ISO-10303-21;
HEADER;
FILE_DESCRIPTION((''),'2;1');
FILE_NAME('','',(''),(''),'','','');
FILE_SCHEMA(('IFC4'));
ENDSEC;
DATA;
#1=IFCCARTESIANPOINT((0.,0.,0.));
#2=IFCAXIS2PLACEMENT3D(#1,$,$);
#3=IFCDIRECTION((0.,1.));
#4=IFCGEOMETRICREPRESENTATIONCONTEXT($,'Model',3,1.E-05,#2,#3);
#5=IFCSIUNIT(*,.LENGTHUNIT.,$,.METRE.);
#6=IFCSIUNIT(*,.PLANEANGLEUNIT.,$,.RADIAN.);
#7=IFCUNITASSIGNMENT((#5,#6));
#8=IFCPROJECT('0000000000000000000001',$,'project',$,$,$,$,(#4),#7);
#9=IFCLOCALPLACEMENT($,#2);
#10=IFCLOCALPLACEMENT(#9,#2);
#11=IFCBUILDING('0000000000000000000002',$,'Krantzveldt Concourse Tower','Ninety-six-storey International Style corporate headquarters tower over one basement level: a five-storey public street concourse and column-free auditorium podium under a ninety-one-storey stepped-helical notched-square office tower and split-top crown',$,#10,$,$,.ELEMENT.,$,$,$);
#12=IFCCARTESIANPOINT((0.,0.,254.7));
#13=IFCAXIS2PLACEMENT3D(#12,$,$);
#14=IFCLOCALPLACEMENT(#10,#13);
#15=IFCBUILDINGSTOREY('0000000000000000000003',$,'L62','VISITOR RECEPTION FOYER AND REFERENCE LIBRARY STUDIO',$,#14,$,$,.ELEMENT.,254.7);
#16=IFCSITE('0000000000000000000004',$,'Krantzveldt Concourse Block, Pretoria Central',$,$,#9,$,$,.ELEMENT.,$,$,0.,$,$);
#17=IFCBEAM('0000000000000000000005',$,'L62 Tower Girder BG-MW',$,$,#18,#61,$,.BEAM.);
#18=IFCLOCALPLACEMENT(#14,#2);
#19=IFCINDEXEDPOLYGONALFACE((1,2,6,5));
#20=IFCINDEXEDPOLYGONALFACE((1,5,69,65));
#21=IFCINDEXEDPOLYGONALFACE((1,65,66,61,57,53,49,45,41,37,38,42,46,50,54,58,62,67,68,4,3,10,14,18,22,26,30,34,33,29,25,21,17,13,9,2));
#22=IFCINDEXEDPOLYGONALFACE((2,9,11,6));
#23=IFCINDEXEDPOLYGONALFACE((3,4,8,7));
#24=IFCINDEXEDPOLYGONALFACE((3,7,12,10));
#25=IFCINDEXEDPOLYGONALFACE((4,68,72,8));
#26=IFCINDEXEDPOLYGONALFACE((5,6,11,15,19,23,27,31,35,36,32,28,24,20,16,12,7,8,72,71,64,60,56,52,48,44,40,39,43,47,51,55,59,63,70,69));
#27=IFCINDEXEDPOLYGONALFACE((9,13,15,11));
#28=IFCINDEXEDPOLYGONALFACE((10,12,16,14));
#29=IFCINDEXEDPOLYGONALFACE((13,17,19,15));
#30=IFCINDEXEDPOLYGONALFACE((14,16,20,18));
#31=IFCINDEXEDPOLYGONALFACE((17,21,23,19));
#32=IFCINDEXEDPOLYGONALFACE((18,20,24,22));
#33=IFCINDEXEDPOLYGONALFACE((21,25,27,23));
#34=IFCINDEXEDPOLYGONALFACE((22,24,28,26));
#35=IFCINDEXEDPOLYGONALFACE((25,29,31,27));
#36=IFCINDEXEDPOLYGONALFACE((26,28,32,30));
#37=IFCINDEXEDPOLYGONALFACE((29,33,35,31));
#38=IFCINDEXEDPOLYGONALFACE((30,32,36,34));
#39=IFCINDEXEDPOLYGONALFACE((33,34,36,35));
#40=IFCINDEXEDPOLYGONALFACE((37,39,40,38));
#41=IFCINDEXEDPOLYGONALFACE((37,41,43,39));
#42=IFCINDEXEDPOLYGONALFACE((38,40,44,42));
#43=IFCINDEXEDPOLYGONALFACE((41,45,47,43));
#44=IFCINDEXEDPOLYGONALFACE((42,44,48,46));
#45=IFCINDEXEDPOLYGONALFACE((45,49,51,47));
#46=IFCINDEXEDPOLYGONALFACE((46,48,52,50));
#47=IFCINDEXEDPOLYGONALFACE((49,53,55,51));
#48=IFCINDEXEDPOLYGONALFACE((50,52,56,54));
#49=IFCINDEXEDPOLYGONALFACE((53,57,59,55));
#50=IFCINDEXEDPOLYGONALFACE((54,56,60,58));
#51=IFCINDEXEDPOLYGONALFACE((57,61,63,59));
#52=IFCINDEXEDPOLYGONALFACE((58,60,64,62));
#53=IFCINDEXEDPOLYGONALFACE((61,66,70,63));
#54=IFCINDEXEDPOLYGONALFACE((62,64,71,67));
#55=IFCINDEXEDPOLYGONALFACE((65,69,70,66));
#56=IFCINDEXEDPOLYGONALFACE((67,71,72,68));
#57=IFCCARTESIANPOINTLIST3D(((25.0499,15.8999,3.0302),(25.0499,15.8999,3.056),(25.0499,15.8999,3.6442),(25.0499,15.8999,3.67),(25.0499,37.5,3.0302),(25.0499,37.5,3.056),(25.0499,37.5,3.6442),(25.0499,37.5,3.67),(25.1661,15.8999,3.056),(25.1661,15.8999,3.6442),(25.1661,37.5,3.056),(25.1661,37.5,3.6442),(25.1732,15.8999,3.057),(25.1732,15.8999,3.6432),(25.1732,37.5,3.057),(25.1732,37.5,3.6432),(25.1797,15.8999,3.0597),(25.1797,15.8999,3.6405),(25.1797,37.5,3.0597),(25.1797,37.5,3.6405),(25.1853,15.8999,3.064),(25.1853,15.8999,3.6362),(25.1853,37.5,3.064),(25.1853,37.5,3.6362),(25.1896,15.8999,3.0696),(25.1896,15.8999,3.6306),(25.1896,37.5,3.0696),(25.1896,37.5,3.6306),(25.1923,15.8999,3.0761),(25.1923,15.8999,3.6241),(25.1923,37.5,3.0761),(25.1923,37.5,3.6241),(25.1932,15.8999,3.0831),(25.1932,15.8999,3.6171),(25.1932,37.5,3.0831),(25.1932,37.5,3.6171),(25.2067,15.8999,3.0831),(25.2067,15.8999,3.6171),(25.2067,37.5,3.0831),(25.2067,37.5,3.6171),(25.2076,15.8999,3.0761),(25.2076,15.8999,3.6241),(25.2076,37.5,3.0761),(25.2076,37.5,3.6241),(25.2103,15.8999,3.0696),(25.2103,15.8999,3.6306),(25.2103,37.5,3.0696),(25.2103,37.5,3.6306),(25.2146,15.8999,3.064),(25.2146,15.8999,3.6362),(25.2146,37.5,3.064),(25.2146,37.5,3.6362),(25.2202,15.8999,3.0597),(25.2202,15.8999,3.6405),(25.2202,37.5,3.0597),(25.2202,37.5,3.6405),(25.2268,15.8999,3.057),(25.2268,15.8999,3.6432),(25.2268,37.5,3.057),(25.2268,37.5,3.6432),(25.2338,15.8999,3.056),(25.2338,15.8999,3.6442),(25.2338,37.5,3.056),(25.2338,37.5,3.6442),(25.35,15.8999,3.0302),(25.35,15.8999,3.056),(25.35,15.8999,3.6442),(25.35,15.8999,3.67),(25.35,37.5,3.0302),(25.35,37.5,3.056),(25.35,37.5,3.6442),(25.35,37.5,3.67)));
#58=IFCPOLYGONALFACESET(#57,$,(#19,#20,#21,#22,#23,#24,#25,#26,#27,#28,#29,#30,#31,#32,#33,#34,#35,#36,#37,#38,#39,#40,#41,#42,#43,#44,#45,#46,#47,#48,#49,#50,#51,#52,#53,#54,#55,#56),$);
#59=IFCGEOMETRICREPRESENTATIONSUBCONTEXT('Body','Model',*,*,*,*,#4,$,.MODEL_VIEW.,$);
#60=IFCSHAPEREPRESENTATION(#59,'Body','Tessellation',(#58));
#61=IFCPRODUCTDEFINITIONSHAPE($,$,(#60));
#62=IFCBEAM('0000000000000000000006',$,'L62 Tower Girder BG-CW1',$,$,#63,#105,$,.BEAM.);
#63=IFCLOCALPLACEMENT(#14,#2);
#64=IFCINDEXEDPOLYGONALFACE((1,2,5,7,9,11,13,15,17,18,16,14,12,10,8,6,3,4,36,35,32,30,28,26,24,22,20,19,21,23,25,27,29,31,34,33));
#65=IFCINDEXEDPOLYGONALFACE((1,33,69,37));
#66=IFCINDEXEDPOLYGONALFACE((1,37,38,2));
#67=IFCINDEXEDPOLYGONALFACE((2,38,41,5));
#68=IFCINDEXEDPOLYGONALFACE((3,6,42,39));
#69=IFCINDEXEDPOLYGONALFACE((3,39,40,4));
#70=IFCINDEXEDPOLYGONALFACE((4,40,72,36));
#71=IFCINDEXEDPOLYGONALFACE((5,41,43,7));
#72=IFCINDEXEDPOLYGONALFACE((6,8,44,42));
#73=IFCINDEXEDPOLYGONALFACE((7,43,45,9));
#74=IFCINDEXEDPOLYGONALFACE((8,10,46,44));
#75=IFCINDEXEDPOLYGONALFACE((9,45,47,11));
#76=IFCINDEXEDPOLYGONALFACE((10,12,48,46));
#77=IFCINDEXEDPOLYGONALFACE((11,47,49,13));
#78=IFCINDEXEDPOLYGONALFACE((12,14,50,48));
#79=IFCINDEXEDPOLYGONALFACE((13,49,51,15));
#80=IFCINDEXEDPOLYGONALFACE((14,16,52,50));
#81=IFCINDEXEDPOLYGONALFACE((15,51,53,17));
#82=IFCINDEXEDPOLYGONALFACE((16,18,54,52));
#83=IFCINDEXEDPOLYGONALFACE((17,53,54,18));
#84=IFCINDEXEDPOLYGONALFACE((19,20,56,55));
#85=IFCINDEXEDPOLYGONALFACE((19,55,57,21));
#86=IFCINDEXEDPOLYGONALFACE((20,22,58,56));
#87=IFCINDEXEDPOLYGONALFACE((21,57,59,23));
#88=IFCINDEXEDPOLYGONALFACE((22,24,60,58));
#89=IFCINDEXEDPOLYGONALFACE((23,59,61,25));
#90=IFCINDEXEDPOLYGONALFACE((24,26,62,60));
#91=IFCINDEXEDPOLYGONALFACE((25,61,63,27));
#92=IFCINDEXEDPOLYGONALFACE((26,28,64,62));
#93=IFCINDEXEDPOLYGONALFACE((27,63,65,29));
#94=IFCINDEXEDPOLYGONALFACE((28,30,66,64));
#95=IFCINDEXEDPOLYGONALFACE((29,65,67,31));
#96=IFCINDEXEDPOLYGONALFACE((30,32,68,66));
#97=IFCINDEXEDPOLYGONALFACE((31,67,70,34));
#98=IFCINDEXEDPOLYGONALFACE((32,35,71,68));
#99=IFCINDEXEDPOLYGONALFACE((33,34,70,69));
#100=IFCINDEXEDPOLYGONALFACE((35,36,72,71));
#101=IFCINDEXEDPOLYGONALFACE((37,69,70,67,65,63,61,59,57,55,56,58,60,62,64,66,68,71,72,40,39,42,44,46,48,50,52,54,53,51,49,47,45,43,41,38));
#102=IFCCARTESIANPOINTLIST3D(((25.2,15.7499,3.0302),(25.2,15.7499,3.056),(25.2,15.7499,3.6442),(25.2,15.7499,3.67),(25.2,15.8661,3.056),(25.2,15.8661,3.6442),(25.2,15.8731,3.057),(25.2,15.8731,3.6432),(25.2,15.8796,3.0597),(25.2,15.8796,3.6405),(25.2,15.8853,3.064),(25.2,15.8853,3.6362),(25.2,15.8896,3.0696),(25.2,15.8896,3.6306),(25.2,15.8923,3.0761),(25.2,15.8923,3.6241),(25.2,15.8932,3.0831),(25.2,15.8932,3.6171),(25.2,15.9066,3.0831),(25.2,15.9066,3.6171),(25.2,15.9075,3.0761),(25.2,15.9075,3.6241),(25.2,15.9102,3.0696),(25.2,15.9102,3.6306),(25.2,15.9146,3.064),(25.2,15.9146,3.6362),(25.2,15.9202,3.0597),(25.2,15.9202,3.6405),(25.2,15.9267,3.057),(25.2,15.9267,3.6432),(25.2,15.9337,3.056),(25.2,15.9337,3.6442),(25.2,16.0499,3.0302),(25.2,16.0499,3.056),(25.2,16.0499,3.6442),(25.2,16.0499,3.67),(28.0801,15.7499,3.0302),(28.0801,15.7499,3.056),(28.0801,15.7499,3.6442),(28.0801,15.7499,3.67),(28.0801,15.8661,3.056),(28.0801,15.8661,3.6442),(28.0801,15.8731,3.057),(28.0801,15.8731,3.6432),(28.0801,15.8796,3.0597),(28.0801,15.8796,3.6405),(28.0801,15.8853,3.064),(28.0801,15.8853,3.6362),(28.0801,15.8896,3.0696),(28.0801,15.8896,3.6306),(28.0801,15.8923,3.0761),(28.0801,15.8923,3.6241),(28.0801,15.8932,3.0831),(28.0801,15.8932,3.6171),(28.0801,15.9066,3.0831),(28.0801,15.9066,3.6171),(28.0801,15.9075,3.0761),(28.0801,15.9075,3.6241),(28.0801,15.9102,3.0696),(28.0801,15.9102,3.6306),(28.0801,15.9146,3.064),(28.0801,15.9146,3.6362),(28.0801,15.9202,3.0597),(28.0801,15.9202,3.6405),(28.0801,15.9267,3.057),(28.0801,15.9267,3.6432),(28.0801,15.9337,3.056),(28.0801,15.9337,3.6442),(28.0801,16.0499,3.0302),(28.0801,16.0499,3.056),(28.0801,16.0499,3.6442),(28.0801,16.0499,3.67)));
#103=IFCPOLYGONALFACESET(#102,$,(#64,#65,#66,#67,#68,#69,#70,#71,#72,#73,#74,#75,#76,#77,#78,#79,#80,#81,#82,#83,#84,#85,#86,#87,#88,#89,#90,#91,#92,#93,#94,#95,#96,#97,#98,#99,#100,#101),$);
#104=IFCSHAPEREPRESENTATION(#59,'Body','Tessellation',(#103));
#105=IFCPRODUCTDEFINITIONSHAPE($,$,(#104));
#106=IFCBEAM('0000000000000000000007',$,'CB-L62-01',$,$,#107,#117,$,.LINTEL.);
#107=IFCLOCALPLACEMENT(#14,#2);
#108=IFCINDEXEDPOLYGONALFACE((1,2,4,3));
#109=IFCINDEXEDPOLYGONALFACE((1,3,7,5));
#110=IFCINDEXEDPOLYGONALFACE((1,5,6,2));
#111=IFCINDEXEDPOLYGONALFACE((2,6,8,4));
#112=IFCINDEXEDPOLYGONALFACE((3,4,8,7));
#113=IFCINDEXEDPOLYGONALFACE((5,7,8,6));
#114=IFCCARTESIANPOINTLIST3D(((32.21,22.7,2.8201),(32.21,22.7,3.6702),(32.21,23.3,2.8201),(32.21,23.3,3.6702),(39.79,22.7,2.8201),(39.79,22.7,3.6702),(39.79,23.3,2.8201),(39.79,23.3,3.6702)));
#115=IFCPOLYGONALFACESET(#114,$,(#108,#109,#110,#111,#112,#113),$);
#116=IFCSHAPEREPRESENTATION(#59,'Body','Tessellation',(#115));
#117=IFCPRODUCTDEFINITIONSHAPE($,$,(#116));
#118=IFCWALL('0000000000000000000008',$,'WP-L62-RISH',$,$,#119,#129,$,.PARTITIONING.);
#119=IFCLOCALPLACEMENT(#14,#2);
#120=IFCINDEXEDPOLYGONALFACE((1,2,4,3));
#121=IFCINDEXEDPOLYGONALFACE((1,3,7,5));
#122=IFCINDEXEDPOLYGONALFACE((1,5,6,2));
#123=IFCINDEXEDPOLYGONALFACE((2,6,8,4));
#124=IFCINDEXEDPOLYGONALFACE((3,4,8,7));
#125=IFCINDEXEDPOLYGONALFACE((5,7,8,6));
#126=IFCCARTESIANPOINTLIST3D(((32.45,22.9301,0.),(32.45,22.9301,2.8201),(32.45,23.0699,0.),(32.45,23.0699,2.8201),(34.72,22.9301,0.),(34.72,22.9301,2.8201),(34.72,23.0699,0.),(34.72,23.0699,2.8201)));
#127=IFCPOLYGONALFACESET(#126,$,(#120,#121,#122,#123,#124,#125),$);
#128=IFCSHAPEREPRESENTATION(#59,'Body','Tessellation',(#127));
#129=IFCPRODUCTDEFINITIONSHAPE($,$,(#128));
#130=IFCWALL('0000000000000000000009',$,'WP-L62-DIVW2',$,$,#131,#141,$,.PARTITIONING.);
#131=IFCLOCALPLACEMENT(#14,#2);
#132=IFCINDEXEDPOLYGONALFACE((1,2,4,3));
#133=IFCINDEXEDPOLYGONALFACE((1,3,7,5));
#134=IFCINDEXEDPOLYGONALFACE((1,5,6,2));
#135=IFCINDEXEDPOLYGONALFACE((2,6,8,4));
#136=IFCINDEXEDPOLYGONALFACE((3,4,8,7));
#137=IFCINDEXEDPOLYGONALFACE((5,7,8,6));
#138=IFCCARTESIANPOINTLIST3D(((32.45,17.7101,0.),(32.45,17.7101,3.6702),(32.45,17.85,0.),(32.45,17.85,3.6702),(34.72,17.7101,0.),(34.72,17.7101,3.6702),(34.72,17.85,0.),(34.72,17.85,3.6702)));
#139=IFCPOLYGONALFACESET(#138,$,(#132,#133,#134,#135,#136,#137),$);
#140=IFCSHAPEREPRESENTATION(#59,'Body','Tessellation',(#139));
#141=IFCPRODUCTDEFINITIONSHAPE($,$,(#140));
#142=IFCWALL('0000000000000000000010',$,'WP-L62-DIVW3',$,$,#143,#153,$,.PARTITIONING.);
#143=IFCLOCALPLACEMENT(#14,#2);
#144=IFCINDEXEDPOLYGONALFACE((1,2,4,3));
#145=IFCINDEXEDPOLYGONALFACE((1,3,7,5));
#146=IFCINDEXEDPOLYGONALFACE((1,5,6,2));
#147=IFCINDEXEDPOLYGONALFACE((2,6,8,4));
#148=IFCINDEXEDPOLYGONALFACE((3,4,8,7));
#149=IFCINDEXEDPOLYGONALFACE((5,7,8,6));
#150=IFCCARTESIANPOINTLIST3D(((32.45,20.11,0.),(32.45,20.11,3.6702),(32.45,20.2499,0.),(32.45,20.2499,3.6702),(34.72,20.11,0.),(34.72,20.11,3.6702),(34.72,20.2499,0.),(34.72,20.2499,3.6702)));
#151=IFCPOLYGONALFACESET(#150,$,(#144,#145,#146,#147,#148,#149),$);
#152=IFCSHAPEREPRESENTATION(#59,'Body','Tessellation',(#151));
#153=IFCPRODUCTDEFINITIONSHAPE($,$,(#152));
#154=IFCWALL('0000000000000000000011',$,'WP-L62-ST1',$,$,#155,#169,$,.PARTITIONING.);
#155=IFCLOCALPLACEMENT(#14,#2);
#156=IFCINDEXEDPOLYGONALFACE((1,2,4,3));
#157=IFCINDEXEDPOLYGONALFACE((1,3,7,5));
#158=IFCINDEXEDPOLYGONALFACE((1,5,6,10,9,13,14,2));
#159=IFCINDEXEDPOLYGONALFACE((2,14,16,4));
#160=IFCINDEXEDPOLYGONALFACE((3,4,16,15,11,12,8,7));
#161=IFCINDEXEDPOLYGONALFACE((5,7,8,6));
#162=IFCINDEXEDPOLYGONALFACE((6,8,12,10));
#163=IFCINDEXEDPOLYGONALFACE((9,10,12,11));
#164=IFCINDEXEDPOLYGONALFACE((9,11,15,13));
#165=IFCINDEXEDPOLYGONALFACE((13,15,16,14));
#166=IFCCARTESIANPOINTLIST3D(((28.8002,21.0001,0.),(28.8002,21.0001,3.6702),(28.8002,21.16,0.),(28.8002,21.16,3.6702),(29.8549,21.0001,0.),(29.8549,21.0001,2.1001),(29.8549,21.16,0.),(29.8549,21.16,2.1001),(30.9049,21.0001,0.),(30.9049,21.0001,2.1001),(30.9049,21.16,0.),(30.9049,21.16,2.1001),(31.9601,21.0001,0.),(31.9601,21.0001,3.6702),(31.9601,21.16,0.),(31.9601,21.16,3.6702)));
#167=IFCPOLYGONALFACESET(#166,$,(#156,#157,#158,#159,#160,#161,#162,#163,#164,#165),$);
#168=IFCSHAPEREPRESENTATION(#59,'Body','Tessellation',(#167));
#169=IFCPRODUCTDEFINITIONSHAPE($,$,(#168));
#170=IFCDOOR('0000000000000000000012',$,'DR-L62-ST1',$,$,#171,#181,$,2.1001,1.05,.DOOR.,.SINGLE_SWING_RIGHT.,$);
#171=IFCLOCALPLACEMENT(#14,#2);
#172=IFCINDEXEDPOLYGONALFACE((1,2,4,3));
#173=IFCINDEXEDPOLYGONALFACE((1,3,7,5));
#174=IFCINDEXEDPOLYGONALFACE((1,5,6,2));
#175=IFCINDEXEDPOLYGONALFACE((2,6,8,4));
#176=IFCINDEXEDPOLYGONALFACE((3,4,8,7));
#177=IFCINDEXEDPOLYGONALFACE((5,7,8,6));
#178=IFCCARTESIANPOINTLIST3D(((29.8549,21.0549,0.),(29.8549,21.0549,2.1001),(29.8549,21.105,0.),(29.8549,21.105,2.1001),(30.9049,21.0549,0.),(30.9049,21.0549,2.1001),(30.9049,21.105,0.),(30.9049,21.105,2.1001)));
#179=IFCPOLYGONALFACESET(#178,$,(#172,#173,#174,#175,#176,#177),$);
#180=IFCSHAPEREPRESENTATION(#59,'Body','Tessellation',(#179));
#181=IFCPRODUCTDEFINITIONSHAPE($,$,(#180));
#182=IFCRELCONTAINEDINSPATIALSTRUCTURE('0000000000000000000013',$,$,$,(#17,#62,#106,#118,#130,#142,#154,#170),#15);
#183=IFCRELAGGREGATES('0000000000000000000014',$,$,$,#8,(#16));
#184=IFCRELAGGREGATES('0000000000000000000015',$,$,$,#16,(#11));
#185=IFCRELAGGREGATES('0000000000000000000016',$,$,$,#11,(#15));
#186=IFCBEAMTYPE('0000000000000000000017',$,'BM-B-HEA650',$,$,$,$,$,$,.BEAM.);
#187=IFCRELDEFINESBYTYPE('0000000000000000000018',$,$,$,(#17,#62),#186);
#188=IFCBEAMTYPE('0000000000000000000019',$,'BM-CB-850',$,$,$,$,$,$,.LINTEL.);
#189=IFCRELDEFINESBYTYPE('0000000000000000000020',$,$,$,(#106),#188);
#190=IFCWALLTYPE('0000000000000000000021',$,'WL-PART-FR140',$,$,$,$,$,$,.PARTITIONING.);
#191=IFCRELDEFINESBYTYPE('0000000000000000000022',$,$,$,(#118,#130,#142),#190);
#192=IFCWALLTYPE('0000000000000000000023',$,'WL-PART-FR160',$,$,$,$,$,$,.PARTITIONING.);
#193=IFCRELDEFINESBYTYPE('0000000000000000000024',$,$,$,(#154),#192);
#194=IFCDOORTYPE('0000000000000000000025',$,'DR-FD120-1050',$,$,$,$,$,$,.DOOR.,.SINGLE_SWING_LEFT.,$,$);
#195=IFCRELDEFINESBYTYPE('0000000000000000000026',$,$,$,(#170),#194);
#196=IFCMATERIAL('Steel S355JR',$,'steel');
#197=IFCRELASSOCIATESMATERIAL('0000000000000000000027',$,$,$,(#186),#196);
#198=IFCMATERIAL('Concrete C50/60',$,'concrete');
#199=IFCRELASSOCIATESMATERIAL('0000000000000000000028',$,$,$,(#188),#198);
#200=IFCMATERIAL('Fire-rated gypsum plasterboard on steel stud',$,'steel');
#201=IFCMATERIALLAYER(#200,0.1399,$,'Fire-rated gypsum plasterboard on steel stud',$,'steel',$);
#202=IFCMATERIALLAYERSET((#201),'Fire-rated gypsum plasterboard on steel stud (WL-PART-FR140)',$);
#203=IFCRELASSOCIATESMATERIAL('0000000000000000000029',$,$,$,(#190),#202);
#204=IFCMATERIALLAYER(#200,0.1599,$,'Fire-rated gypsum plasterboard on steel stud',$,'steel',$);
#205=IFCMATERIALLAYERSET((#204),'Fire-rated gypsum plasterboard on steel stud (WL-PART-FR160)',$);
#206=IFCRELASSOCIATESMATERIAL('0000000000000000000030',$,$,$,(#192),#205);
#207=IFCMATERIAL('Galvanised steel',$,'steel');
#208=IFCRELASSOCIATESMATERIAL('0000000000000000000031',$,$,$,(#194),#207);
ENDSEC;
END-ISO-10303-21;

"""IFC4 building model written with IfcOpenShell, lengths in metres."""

from ifc_helpers import new_model, si_unit, direction, frame, frame_2d, origin, origin_2d, place, context, subcontext, project, spatial, rectangle, i_section, extrude, source, transform, mapped, material, layer, layer_set, material_profile, profile_set, type_object, type_shapes, element, fill, save


model = new_model("IFC4")

# Units and contexts
model_context = context("Model", 3, precision=1e-05, world=origin(), true_north=direction((0.0, 1.0)))
body_context = subcontext(model_context, "Body", "Model", "MODEL_VIEW")
ifc_project = project(units=[si_unit("LENGTHUNIT", "METRE"), si_unit("PLANEANGLEUNIT", "RADIAN")], contexts=[model_context])

# Site, building, storey
site_placement = place(None, origin())
site = spatial("IfcSite", under=ifc_project, at=site_placement, Name="Krantzveldt Concourse Block, Pretoria Central", CompositionType="ELEMENT", RefElevation=0.0)
building_placement = place(site_placement, origin())
building = spatial("IfcBuilding", under=site, at=building_placement, Name="Krantzveldt Concourse Tower", Description="Ninety-six-storey International Style corporate headquarters tower over one basement level: a five-storey public street concourse and column-free auditorium podium under a ninety-one-storey stepped-helical notched-square office tower and split-top crown", CompositionType="ELEMENT")
storey_placement = place(building_placement, frame((0.0, 0.0, 254.7)))
storey = spatial("IfcBuildingStorey", under=building, at=storey_placement, Name="L62", Description="VISITOR RECEPTION FOYER AND REFERENCE LIBRARY STUDIO", CompositionType="ELEMENT", Elevation=254.7)

# Beams
ifc_material_1 = material(Name="Steel S355JR", Category="steel")
ifc_material_profile_1 = material_profile(ifc_material_1, i_section(OverallWidth=0.3, OverallDepth=0.6399, WebThickness=0.0134, FlangeThickness=0.0259, FilletRadius=0.0271, at=origin_2d()), Name="Steel S355JR", Category="steel")
ifc_profile_set_1 = profile_set([ifc_material_profile_1], Name="Steel S355JR - HEA 650")
beam_type_1 = type_object("IfcBeamType", Name="BM-B-HEA650", PredefinedType="BEAM", material=ifc_profile_set_1)
shared_shape_1 = source(origin(), body_context, "Body", "SweptSolid", [
    extrude(i_section(OverallWidth=0.3, OverallDepth=0.6399, WebThickness=0.0134, FlangeThickness=0.0259, FilletRadius=0.0271, at=origin_2d()), origin(), (0.0, 0.0, 1.0), 21.6001),
])
beam_1_placement = place(storey_placement, frame((25.2, 15.8999, 3.3501), z_axis=(0.0, 1.0, 0.0), x_axis=(-1.0, 0.0, 0.0)))
element("IfcBeam", 1, at=beam_1_placement, inside=storey, type_object=beam_type_1, Name="L62 Tower Girder BG-MW", PredefinedType="BEAM", context=body_context, shape_type="MappedRepresentation", body=[
    mapped(shared_shape_1, transform((0.0, 0.0, 0.0), x_axis=(1.0, 0.0, 0.0), y_axis=(0.0, 1.0, 0.0), z_axis=(0.0, 0.0, 1.0), scale=1.0)),
])
shared_shape_2 = source(origin(), body_context, "Body", "SweptSolid", [
    extrude(i_section(OverallWidth=0.3, OverallDepth=0.6399, WebThickness=0.0134, FlangeThickness=0.0259, FilletRadius=0.0271, at=origin_2d()), origin(), (0.0, 0.0, 1.0), 2.8801),
])
type_shapes(beam_type_1, [shared_shape_1, shared_shape_2])
beam_2_placement = place(storey_placement, frame((25.2, 15.8999, 3.3501), z_axis=(1.0, 0.0, 0.0), x_axis=(0.0, 1.0, 0.0)))
element("IfcBeam", 2, at=beam_2_placement, inside=storey, type_object=beam_type_1, Name="L62 Tower Girder BG-CW1", PredefinedType="BEAM", context=body_context, shape_type="MappedRepresentation", body=[
    mapped(shared_shape_2, transform((0.0, 0.0, 0.0), x_axis=(1.0, 0.0, 0.0), y_axis=(0.0, 1.0, 0.0), z_axis=(0.0, 0.0, 1.0), scale=1.0)),
])
ifc_material_2 = material(Name="Concrete C50/60", Category="concrete")
ifc_material_profile_2 = material_profile(ifc_material_2, rectangle(XDim=0.6001, YDim=0.8501, at=origin_2d()), Name="Concrete C50/60", Category="concrete")
ifc_profile_set_2 = profile_set([ifc_material_profile_2], Name="Concrete C50/60 - RC-CB 600x850")
beam_type_2 = type_object("IfcBeamType", Name="BM-CB-850", PredefinedType="LINTEL", material=ifc_profile_set_2)
shared_shape_3 = source(origin(), body_context, "Body", "SweptSolid", [
    extrude(rectangle(XDim=0.6001, YDim=0.8501, at=origin_2d()), origin(), (0.0, 0.0, 1.0), 7.5801),
])
type_shapes(beam_type_2, [shared_shape_3])
beam_3_placement = place(storey_placement, frame((32.21, 23.0, 3.2451), z_axis=(1.0, 0.0, 0.0), x_axis=(0.0, 1.0, 0.0)))
element("IfcBeam", 3, at=beam_3_placement, inside=storey, type_object=beam_type_2, Name="CB-L62-01", PredefinedType="LINTEL", context=body_context, shape_type="MappedRepresentation", body=[
    mapped(shared_shape_3, transform((0.0, 0.0, 0.0), x_axis=(1.0, 0.0, 0.0), y_axis=(0.0, 1.0, 0.0), z_axis=(0.0, 0.0, 1.0), scale=1.0)),
])

# Walls
ifc_material_3 = material(Name="Fire-rated gypsum plasterboard on steel stud", Category="steel")
ifc_layer_1 = layer(ifc_material_3, 0.1399, Name="Fire-rated gypsum plasterboard on steel stud", Category="steel")
ifc_layer_set_1 = layer_set([ifc_layer_1], Name="Fire-rated gypsum plasterboard on steel stud (WL-PART-FR140)")
wall_type_1 = type_object("IfcWallType", Name="WL-PART-FR140", PredefinedType="PARTITIONING", material=ifc_layer_set_1)
wall_1_placement = place(storey_placement, frame((32.45, 23.0, 0.0), z_axis=(0.0, 0.0, 1.0), x_axis=(1.0, 0.0, 0.0)))
element("IfcWall", 4, at=wall_1_placement, inside=storey, type_object=wall_type_1, Name="WP-L62-RISH", PredefinedType="PARTITIONING", context=body_context, shape_type="SweptSolid", body=[
    extrude(rectangle(XDim=2.27, YDim=0.1399, at=frame_2d((1.135, 0.0))), origin(), (0.0, 0.0, 1.0), 2.8201),
])
for number, where, z_axis, x_axis, name in (
    (5, (32.45, 17.78, 0.0), (0.0, 0.0, 1.0), (1.0, 0.0, 0.0), "WP-L62-DIVW2"),
    (6, (32.45, 20.1799, 0.0), (0.0, 0.0, 1.0), (1.0, 0.0, 0.0), "WP-L62-DIVW3"),
):
    element("IfcWall", number, at=place(storey_placement, frame(where, z_axis=z_axis, x_axis=x_axis)), inside=storey, type_object=wall_type_1, Name=name, PredefinedType="PARTITIONING", context=body_context, shape_type="SweptSolid", body=[
        extrude(rectangle(XDim=2.27, YDim=0.1399, at=frame_2d((1.135, 0.0))), origin(), (0.0, 0.0, 1.0), 3.6702),
    ])

# Wall, opening, door
ifc_layer_2 = layer(ifc_material_3, 0.1599, Name="Fire-rated gypsum plasterboard on steel stud", Category="steel")
ifc_layer_set_2 = layer_set([ifc_layer_2], Name="Fire-rated gypsum plasterboard on steel stud (WL-PART-FR160)")
wall_type_2 = type_object("IfcWallType", Name="WL-PART-FR160", PredefinedType="PARTITIONING", material=ifc_layer_set_2)
wall_2_placement = place(storey_placement, frame((28.8, 21.0801, 0.0), z_axis=(0.0, 0.0, 1.0), x_axis=(1.0, 0.0, 0.0)))
wall_2 = element("IfcWall", 7, at=wall_2_placement, inside=storey, type_object=wall_type_2, Name="WP-L62-ST1", PredefinedType="PARTITIONING", context=body_context, shape_type="SweptSolid", body=[
    extrude(rectangle(XDim=3.1599, YDim=0.1599, at=frame_2d((1.5801, 0.0))), origin(), (0.0, 0.0, 1.0), 3.6702),
])
opening_placement = place(wall_2_placement, frame((1.0549, 0.0, 0.0)))
opening = element("IfcOpeningElement", 8, at=opening_placement, cuts=wall_2, PredefinedType="OPENING", context=body_context, shape_type="SweptSolid", body=[
    extrude(rectangle(XDim=1.05, YDim=2.1001, at=frame_2d((0.5249, 1.05))), frame((0.0, 0.0898, 0.0), z_axis=(0.0, -1.0, 0.0), x_axis=(1.0, 0.0, 0.0)), (0.0, 0.0, 1.0), 0.1799),
])
ifc_material_4 = material(Name="Galvanised steel", Category="steel")
door_type = type_object("IfcDoorType", Name="DR-FD120-1050", OperationType="SINGLE_SWING_LEFT", PredefinedType="DOOR", material=ifc_material_4)
door_placement = place(opening_placement, origin())
door = element("IfcDoor", 9, at=door_placement, inside=storey, type_object=door_type, Name="DR-L62-ST1", OperationType="SINGLE_SWING_RIGHT", OverallHeight=2.1001, OverallWidth=1.05, PredefinedType="DOOR", context=body_context, shape_type="SweptSolid", body=[
    extrude(rectangle(XDim=1.05, YDim=2.1001, at=frame_2d((0.5249, 1.05))), frame((0.0, 0.0249, 0.0), z_axis=(0.0, -1.0, 0.0), x_axis=(1.0, 0.0, 0.0)), (0.0, 0.0, 1.0), 0.05),
])
fill(opening, door)

save(model, "model.ifc")
